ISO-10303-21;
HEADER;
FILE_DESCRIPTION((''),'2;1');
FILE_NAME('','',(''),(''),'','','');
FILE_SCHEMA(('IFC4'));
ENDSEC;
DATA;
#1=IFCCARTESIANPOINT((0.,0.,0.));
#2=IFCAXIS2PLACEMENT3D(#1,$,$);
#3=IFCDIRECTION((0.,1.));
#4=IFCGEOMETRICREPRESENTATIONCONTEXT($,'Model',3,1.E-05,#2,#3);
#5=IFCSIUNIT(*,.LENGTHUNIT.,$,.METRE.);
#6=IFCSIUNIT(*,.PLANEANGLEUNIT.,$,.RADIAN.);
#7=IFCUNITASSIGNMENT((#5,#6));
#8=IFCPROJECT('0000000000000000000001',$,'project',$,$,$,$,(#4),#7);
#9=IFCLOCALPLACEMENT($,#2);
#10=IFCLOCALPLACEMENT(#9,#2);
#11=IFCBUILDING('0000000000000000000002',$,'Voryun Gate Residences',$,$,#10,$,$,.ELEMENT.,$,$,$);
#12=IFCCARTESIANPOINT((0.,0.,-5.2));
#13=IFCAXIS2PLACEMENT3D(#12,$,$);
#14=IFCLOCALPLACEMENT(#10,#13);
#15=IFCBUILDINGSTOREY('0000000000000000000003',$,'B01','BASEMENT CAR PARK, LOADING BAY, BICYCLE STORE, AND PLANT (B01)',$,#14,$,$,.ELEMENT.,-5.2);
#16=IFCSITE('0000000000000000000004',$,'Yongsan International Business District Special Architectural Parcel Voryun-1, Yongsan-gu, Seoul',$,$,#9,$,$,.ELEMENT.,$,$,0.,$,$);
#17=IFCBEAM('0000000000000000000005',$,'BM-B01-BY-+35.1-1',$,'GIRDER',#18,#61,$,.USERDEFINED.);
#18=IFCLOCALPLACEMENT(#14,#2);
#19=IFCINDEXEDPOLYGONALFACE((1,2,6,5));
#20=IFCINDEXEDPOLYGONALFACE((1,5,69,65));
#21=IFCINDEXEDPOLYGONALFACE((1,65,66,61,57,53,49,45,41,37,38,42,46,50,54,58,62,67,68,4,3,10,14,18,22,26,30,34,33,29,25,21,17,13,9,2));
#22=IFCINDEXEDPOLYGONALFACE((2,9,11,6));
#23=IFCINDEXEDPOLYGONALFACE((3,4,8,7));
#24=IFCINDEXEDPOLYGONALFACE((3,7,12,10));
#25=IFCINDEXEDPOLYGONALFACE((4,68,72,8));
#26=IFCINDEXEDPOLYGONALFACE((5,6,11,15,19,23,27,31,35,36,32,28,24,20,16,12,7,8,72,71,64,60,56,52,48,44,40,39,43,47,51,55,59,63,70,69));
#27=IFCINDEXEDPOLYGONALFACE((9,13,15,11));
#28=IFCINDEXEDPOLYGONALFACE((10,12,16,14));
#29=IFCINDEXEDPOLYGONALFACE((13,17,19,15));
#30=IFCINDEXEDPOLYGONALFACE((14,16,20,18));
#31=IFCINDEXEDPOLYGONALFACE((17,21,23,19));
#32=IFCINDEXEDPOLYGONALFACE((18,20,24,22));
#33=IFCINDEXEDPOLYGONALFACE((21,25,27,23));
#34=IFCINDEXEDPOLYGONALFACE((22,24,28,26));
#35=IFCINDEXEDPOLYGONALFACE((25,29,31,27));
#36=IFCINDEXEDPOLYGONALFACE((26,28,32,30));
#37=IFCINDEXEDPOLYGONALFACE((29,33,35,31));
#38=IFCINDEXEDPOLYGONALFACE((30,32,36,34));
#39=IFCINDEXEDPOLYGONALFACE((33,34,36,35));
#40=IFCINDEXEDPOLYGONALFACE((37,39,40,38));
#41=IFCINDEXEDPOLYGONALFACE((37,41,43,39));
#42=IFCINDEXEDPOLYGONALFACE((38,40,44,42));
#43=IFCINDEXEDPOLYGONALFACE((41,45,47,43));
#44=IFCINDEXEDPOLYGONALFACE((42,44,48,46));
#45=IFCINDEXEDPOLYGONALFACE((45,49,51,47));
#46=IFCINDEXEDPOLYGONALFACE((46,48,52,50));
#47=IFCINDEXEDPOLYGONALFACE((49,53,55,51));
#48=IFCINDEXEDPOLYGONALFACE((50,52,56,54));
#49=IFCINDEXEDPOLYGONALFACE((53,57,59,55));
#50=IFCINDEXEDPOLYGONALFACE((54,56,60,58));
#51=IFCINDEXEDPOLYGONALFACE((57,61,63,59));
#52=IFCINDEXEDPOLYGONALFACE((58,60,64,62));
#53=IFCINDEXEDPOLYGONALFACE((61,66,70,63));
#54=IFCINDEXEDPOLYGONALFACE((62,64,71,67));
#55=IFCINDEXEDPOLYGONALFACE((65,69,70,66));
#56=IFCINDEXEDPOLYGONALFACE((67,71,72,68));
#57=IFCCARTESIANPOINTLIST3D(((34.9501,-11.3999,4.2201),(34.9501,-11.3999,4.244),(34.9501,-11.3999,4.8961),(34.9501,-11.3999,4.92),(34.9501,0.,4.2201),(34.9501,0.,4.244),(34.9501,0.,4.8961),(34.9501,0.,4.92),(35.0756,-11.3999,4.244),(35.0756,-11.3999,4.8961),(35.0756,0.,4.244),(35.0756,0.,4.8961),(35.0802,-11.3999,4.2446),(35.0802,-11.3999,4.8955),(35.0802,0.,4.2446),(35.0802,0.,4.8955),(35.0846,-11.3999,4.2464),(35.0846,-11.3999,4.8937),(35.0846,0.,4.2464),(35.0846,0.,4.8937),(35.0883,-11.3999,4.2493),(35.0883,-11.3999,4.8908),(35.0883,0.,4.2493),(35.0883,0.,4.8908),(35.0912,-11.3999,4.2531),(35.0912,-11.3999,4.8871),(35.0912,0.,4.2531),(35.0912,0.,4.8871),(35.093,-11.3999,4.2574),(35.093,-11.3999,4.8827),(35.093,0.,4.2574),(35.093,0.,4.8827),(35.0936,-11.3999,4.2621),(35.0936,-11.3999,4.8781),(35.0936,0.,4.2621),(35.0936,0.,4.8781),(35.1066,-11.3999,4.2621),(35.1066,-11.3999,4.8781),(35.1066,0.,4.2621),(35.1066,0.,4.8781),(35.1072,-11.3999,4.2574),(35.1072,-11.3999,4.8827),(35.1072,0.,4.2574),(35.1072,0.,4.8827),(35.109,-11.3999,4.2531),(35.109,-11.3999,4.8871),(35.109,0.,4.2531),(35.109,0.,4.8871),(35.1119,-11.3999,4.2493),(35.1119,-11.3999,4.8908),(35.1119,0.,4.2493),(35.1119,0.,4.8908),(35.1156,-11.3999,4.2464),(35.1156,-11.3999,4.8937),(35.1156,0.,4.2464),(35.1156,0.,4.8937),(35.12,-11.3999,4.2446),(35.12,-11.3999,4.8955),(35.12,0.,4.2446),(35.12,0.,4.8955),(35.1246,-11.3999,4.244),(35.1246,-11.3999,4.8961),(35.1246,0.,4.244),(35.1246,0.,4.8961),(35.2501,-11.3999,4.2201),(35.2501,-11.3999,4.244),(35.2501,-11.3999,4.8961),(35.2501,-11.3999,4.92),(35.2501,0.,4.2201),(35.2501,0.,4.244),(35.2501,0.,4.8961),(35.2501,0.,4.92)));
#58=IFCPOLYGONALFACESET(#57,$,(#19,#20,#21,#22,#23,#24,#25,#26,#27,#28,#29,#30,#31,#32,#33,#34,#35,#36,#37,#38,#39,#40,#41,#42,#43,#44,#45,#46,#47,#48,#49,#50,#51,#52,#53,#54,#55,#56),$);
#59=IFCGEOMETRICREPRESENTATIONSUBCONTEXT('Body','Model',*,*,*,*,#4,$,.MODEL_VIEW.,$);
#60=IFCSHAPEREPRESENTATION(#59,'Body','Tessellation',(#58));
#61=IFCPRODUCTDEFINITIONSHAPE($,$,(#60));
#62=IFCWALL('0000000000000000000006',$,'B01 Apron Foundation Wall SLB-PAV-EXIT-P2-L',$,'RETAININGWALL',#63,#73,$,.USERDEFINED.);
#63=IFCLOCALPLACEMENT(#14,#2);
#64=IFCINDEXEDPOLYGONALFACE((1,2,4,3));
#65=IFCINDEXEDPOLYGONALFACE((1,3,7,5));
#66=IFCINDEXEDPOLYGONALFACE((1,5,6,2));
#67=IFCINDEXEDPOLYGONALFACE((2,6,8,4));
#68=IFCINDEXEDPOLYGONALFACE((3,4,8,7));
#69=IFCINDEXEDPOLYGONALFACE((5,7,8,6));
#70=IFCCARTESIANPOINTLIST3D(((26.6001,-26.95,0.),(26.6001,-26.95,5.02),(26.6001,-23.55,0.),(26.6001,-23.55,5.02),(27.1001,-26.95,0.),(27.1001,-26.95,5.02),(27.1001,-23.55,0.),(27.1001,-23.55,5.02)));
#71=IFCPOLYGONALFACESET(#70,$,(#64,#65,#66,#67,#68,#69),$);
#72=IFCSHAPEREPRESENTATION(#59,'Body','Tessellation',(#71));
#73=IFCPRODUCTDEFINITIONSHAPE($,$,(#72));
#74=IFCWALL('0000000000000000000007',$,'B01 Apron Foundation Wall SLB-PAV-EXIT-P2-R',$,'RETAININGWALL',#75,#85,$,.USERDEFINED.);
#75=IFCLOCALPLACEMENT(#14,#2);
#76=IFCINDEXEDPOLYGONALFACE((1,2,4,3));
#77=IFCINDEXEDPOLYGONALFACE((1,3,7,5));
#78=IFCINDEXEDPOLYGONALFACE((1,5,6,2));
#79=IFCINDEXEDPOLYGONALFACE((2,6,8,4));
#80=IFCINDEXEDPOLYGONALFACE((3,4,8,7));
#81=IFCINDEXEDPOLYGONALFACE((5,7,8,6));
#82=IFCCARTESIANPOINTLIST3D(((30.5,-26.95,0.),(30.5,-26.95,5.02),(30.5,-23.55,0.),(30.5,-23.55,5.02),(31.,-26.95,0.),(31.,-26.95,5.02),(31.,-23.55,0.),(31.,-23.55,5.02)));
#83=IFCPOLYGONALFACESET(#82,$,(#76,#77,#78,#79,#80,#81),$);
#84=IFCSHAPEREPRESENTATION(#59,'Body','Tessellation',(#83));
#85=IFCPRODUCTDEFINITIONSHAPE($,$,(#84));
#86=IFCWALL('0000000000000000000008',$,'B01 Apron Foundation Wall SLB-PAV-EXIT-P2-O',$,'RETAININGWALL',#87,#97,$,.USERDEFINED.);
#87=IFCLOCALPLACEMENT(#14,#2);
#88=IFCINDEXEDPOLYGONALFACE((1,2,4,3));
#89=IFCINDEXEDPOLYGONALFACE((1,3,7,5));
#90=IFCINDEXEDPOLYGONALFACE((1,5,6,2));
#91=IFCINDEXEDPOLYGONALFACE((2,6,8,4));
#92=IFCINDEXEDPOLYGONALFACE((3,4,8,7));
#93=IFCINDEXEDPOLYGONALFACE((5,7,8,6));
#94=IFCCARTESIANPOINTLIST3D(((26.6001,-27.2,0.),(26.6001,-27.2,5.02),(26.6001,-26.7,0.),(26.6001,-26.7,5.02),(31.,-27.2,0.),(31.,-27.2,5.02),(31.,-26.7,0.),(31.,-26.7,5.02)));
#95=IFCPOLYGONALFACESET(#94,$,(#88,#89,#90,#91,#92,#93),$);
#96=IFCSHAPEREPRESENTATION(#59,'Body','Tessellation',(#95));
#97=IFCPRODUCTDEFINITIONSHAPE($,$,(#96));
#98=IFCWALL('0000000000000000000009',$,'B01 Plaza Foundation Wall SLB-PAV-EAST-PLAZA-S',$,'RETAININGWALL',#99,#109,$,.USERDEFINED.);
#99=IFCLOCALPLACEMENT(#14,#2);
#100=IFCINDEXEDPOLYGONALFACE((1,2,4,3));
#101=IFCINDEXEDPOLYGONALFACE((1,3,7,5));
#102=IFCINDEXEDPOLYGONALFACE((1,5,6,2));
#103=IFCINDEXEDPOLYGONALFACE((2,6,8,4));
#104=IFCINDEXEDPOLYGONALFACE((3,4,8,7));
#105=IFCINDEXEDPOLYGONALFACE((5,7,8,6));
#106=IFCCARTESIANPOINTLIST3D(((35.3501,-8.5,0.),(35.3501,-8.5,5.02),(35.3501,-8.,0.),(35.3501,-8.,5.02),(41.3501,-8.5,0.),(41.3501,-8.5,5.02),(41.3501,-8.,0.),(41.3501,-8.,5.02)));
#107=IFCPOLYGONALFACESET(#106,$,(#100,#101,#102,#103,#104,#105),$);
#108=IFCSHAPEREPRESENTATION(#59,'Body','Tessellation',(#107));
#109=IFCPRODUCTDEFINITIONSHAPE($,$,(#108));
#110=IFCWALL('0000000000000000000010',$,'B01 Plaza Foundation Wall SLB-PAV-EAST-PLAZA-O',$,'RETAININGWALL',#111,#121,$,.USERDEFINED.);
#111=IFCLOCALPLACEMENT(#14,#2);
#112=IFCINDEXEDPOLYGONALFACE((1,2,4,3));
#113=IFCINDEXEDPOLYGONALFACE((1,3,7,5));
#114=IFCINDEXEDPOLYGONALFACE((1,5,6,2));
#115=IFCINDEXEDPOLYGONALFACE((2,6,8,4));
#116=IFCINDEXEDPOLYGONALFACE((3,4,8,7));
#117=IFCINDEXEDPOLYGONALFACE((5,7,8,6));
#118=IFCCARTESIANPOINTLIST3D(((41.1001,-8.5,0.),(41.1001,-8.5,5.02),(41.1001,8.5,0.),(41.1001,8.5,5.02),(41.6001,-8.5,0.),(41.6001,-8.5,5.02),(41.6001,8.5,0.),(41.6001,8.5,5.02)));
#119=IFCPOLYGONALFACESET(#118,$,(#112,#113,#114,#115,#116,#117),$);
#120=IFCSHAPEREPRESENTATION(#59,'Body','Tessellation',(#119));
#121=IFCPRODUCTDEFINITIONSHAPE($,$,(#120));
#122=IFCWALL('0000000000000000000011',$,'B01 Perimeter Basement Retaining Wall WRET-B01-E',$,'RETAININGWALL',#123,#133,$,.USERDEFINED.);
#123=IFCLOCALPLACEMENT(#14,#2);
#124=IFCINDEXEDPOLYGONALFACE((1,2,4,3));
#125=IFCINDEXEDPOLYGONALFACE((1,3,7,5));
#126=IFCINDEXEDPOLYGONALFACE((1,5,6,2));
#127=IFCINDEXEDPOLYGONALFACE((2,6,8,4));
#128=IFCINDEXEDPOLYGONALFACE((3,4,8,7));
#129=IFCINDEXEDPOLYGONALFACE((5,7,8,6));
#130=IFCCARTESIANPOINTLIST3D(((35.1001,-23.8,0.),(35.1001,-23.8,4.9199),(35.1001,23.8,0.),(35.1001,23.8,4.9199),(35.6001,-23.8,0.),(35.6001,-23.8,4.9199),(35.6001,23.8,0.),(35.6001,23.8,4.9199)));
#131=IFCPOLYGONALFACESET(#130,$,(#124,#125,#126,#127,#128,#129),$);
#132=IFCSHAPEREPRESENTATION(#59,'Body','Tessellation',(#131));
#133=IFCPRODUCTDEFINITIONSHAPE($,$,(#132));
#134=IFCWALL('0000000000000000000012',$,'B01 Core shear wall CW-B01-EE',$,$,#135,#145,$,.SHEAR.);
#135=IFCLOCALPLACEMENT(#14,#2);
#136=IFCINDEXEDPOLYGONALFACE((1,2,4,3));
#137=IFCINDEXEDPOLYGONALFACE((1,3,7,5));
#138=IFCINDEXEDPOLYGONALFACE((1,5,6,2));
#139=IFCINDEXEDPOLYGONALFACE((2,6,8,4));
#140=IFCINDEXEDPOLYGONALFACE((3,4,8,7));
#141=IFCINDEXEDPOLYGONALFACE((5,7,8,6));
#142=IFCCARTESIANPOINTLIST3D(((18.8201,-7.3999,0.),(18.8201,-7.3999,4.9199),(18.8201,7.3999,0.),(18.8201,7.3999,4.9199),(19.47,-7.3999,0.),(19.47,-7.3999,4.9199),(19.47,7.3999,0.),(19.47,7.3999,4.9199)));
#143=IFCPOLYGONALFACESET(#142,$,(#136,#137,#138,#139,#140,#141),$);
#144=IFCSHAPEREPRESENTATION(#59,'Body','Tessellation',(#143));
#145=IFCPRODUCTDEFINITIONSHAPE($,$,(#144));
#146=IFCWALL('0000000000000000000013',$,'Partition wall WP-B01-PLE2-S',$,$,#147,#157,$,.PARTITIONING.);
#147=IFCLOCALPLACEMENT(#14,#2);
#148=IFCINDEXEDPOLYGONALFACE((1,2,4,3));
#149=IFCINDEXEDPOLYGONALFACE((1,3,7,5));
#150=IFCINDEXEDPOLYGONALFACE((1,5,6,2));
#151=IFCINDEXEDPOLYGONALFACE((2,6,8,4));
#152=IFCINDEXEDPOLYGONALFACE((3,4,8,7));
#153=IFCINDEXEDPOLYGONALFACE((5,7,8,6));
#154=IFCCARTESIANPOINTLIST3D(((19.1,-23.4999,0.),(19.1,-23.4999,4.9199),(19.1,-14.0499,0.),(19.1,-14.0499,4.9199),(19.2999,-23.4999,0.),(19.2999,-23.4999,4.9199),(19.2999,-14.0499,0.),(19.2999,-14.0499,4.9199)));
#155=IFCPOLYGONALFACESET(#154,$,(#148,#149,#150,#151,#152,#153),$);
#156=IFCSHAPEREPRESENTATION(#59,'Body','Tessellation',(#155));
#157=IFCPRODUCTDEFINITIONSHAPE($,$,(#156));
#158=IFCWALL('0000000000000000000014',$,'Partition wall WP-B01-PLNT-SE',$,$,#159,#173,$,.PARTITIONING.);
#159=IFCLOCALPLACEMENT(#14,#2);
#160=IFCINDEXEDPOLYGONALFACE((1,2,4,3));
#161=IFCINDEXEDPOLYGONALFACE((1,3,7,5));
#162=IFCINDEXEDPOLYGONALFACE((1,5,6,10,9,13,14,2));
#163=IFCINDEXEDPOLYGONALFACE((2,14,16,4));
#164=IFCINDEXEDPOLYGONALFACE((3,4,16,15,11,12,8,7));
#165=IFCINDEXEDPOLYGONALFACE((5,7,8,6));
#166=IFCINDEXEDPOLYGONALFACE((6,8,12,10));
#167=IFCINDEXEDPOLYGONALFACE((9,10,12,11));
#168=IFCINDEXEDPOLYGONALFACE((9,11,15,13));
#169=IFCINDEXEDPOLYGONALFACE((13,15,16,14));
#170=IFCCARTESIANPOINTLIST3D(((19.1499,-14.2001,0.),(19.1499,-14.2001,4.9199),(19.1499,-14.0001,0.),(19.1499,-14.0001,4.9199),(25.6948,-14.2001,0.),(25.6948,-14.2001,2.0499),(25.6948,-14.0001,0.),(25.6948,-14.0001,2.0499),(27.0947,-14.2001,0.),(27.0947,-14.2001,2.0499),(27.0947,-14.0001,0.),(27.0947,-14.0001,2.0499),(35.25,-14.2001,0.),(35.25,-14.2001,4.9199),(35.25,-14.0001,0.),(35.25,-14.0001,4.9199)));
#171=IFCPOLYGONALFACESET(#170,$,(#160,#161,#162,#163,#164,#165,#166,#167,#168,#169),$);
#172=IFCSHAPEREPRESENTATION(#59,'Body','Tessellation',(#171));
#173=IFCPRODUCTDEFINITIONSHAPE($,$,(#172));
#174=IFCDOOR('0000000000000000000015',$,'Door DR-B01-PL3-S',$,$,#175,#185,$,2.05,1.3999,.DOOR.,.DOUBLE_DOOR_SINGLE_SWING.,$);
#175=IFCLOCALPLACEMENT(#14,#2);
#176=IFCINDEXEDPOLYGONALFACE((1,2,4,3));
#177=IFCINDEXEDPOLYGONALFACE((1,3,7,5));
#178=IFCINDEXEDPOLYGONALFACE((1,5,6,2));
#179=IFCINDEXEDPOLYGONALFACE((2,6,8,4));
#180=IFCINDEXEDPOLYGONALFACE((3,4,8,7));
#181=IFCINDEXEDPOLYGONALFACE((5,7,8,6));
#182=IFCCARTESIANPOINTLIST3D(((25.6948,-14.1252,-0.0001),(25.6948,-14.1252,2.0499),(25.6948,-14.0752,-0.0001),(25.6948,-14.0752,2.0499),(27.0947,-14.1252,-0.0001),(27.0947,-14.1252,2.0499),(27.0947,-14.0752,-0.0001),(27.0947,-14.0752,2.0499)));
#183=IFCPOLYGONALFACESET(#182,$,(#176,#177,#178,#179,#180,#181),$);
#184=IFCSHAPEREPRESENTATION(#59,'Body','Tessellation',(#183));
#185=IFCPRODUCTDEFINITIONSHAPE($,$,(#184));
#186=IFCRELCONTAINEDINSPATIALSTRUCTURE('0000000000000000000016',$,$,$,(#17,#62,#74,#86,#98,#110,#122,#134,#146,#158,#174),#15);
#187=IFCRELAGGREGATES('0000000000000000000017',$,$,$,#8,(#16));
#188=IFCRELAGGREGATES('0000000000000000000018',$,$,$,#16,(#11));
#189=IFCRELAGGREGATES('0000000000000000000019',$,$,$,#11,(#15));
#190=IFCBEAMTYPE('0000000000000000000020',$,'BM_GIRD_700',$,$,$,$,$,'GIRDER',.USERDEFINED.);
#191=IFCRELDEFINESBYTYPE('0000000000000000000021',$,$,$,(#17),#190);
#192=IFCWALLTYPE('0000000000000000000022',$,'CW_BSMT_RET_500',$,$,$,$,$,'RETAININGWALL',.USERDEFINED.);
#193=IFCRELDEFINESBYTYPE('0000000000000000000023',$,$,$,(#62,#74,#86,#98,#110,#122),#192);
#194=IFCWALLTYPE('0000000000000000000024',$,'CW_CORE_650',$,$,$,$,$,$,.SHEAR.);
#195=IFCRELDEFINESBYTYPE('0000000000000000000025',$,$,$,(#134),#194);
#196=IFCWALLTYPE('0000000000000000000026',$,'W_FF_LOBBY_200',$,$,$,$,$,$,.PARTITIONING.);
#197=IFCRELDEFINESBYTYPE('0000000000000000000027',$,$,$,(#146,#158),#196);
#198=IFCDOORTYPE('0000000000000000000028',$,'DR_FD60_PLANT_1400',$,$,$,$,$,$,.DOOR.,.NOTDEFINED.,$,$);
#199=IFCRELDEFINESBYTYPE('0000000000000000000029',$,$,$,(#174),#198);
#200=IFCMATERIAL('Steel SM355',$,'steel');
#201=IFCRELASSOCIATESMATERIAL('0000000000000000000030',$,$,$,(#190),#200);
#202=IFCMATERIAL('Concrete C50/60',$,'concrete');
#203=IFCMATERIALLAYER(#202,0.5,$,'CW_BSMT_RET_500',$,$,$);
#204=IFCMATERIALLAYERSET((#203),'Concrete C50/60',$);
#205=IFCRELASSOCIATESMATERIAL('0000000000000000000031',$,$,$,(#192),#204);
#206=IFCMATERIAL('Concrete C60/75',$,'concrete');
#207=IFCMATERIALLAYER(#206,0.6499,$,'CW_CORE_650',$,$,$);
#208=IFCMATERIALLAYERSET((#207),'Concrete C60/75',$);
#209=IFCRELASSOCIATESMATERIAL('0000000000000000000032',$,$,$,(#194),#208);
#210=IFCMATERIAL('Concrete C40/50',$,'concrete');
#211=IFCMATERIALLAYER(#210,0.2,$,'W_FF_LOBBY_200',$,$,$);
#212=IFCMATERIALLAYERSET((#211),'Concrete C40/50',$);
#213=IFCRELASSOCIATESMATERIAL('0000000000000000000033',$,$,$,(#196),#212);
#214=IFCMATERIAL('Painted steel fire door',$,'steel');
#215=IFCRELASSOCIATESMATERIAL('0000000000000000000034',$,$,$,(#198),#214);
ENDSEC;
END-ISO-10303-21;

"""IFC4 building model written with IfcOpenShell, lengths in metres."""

from ifc_helpers import new_model, si_unit, direction, frame, frame_2d, origin, origin_2d, place, context, subcontext, project, spatial, rectangle, i_section, extrude, material, layer, layer_set, material_profile, profile_set, type_object, element, fill, save


model = new_model("IFC4")

# Units and contexts
model_context = context("Model", 3, precision=1e-05, world=origin(), true_north=direction((0.0, 1.0)))
body_context = subcontext(model_context, "Body", "Model", "MODEL_VIEW")
ifc_project = project(units=[si_unit("LENGTHUNIT", "METRE"), si_unit("PLANEANGLEUNIT", "RADIAN")], contexts=[model_context])

# Site, building, storey
site_placement = place(None, origin())
site = spatial("IfcSite", under=ifc_project, at=site_placement, Name="Yongsan International Business District Special Architectural Parcel Voryun-1, Yongsan-gu, Seoul", CompositionType="ELEMENT", RefElevation=0.0)
building_placement = place(site_placement, origin())
building = spatial("IfcBuilding", under=site, at=building_placement, Name="Voryun Gate Residences", CompositionType="ELEMENT")
storey_placement = place(building_placement, frame((0.0, 0.0, -5.2)))
storey = spatial("IfcBuildingStorey", under=building, at=storey_placement, Name="B01", Description="BASEMENT CAR PARK, LOADING BAY, BICYCLE STORE, AND PLANT (B01)", CompositionType="ELEMENT", Elevation=-5.2)

# Beam
ifc_material_1 = material(Name="Steel SM355", Category="steel")
ifc_material_profile_1 = material_profile(ifc_material_1, i_section(OverallWidth=0.3, OverallDepth=0.7, WebThickness=0.0129, FlangeThickness=0.0239, FilletRadius=0.0181, at=origin_2d()), Name="H-700x300x13x24")
ifc_profile_set_1 = profile_set([ifc_material_profile_1], Name="Steel SM355")
beam_type_1 = type_object("IfcBeamType", Name="BM_GIRD_700", ElementType="GIRDER", PredefinedType="USERDEFINED", material=ifc_profile_set_1)
beam_1_placement = place(storey_placement, frame((35.1001, -11.3999, 4.5701), z_axis=(0.0, 1.0, 0.0), x_axis=(-1.0, 0.0, 0.0)))
element("IfcBeam", 1, at=beam_1_placement, inside=storey, type_object=beam_type_1, Name="BM-B01-BY-+35.1-1", ObjectType="GIRDER", PredefinedType="USERDEFINED", context=body_context, shape_type="SweptSolid", body=[
    extrude(i_section(OverallWidth=0.3, OverallDepth=0.7, WebThickness=0.0129, FlangeThickness=0.0239, FilletRadius=0.0181, at=origin_2d()), origin(), (0.0, 0.0, 1.0), 11.3999),
])

# Walls
ifc_material_2 = material(Name="Concrete C50/60", Category="concrete")
ifc_layer_1 = layer(ifc_material_2, 0.5, Name="CW_BSMT_RET_500")
ifc_layer_set_1 = layer_set([ifc_layer_1], Name="Concrete C50/60")
wall_type_1 = type_object("IfcWallType", Name="CW_BSMT_RET_500", ElementType="RETAININGWALL", PredefinedType="USERDEFINED", material=ifc_layer_set_1)
for number, where, z_axis, x_axis, name in (
    (2, (26.8501, -26.95, 0.0), (0.0, 0.0, 1.0), (0.0, 1.0, 0.0), "B01 Apron Foundation Wall SLB-PAV-EXIT-P2-L"),
    (3, (30.75, -26.95, 0.0), (0.0, 0.0, 1.0), (0.0, 1.0, 0.0), "B01 Apron Foundation Wall SLB-PAV-EXIT-P2-R"),
):
    element("IfcWall", number, at=place(storey_placement, frame(where, z_axis=z_axis, x_axis=x_axis)), inside=storey, type_object=wall_type_1, Name=name, ObjectType="RETAININGWALL", PredefinedType="USERDEFINED", context=body_context, shape_type="SweptSolid", body=[
        extrude(rectangle(XDim=3.3999, YDim=0.5, at=frame_2d((1.7, 0.0))), origin(), (0.0, 0.0, 1.0), 5.02),
    ])
wall_1_placement = place(storey_placement, frame((26.6001, -26.95, 0.0), z_axis=(0.0, 0.0, 1.0), x_axis=(1.0, 0.0, 0.0)))
element("IfcWall", 4, at=wall_1_placement, inside=storey, type_object=wall_type_1, Name="B01 Apron Foundation Wall SLB-PAV-EXIT-P2-O", ObjectType="RETAININGWALL", PredefinedType="USERDEFINED", context=body_context, shape_type="SweptSolid", body=[
    extrude(rectangle(XDim=4.3999, YDim=0.5, at=frame_2d((2.2, 0.0))), origin(), (0.0, 0.0, 1.0), 5.02),
])
wall_2_placement = place(storey_placement, frame((35.3501, -8.25, 0.0), z_axis=(0.0, 0.0, 1.0), x_axis=(1.0, 0.0, 0.0)))
element("IfcWall", 5, at=wall_2_placement, inside=storey, type_object=wall_type_1, Name="B01 Plaza Foundation Wall SLB-PAV-EAST-PLAZA-S", ObjectType="RETAININGWALL", PredefinedType="USERDEFINED", context=body_context, shape_type="SweptSolid", body=[
    extrude(rectangle(XDim=6.0, YDim=0.5, at=frame_2d((3.0, 0.0))), origin(), (0.0, 0.0, 1.0), 5.02),
])
wall_3_placement = place(storey_placement, frame((41.3501, -8.5, 0.0), z_axis=(0.0, 0.0, 1.0), x_axis=(0.0, 1.0, 0.0)))
element("IfcWall", 6, at=wall_3_placement, inside=storey, type_object=wall_type_1, Name="B01 Plaza Foundation Wall SLB-PAV-EAST-PLAZA-O", ObjectType="RETAININGWALL", PredefinedType="USERDEFINED", context=body_context, shape_type="SweptSolid", body=[
    extrude(rectangle(XDim=17.0, YDim=0.5, at=frame_2d((8.5, 0.0))), origin(), (0.0, 0.0, 1.0), 5.02),
])
wall_4_placement = place(storey_placement, frame((35.3501, -23.8, 0.0), z_axis=(0.0, 0.0, 1.0), x_axis=(0.0, 1.0, 0.0)))
element("IfcWall", 7, at=wall_4_placement, inside=storey, type_object=wall_type_1, Name="B01 Perimeter Basement Retaining Wall WRET-B01-E", ObjectType="RETAININGWALL", PredefinedType="USERDEFINED", context=body_context, shape_type="SweptSolid", body=[
    extrude(rectangle(XDim=47.6001, YDim=0.5, at=frame_2d((23.8, 0.0))), origin(), (0.0, 0.0, 1.0), 4.9199),
])
ifc_material_3 = material(Name="Concrete C60/75", Category="concrete")
ifc_layer_2 = layer(ifc_material_3, 0.6499, Name="CW_CORE_650")
ifc_layer_set_2 = layer_set([ifc_layer_2], Name="Concrete C60/75")
wall_type_2 = type_object("IfcWallType", Name="CW_CORE_650", PredefinedType="SHEAR", material=ifc_layer_set_2)
wall_5_placement = place(storey_placement, frame((19.145, -7.3999, 0.0), z_axis=(0.0, 0.0, 1.0), x_axis=(0.0, 1.0, 0.0)))
element("IfcWall", 8, at=wall_5_placement, inside=storey, type_object=wall_type_2, Name="B01 Core shear wall CW-B01-EE", PredefinedType="SHEAR", context=body_context, shape_type="SweptSolid", body=[
    extrude(rectangle(XDim=14.7998, YDim=0.6499, at=frame_2d((7.3999, 0.0))), origin(), (0.0, 0.0, 1.0), 4.9199),
])
ifc_material_4 = material(Name="Concrete C40/50", Category="concrete")
ifc_layer_3 = layer(ifc_material_4, 0.2, Name="W_FF_LOBBY_200")
ifc_layer_set_3 = layer_set([ifc_layer_3], Name="Concrete C40/50")
wall_type_3 = type_object("IfcWallType", Name="W_FF_LOBBY_200", PredefinedType="PARTITIONING", material=ifc_layer_set_3)
wall_6_placement = place(storey_placement, frame((19.2, -23.5, 0.0), z_axis=(0.0, 0.0, 1.0), x_axis=(0.0, 1.0, 0.0)))
element("IfcWall", 9, at=wall_6_placement, inside=storey, type_object=wall_type_3, Name="Partition wall WP-B01-PLE2-S", PredefinedType="PARTITIONING", context=body_context, shape_type="SweptSolid", body=[
    extrude(rectangle(XDim=9.45, YDim=0.2, at=frame_2d((4.7251, 0.0))), origin(), (0.0, 0.0, 1.0), 4.9199),
])

# Wall, opening, door
wall_7_placement = place(storey_placement, frame((19.1499, -14.1001, 0.0), z_axis=(0.0, 0.0, 1.0), x_axis=(1.0, 0.0, 0.0)))
wall_7 = element("IfcWall", 10, at=wall_7_placement, inside=storey, type_object=wall_type_3, Name="Partition wall WP-B01-PLNT-SE", PredefinedType="PARTITIONING", context=body_context, shape_type="SweptSolid", body=[
    extrude(rectangle(XDim=16.1001, YDim=0.2, at=frame_2d((8.05, 0.0))), origin(), (0.0, 0.0, 1.0), 4.9199),
])
opening_placement = place(wall_7_placement, frame((6.5449, 0.0, 0.0)))
opening = element("IfcOpeningElement", 11, at=opening_placement, cuts=wall_7, PredefinedType="OPENING", context=body_context, shape_type="SweptSolid", body=[
    extrude(rectangle(XDim=1.3999, YDim=2.05, at=frame_2d((0.7, 1.0249))), frame((0.0, 0.1101, 0.0), z_axis=(0.0, -1.0, 0.0), x_axis=(1.0, 0.0, 0.0)), (0.0, 0.0, 1.0), 0.22),
])
ifc_material_5 = material(Name="Painted steel fire door", Category="steel")
door_type = type_object("IfcDoorType", Name="DR_FD60_PLANT_1400", OperationType="NOTDEFINED", PredefinedType="DOOR", material=ifc_material_5)
door_placement = place(opening_placement, origin())
door = element("IfcDoor", 12, at=door_placement, inside=storey, type_object=door_type, Name="Door DR-B01-PL3-S", OperationType="DOUBLE_DOOR_SINGLE_SWING", OverallHeight=2.05, OverallWidth=1.3999, PredefinedType="DOOR", context=body_context, shape_type="SweptSolid", body=[
    extrude(rectangle(XDim=1.3999, YDim=2.05, at=frame_2d((0.7, 1.0249))), frame((0.0, 0.0249, 0.0), z_axis=(0.0, -1.0, 0.0), x_axis=(1.0, 0.0, 0.0)), (0.0, 0.0, 1.0), 0.05),
])
fill(opening, door)

save(model, "model.ifc")
